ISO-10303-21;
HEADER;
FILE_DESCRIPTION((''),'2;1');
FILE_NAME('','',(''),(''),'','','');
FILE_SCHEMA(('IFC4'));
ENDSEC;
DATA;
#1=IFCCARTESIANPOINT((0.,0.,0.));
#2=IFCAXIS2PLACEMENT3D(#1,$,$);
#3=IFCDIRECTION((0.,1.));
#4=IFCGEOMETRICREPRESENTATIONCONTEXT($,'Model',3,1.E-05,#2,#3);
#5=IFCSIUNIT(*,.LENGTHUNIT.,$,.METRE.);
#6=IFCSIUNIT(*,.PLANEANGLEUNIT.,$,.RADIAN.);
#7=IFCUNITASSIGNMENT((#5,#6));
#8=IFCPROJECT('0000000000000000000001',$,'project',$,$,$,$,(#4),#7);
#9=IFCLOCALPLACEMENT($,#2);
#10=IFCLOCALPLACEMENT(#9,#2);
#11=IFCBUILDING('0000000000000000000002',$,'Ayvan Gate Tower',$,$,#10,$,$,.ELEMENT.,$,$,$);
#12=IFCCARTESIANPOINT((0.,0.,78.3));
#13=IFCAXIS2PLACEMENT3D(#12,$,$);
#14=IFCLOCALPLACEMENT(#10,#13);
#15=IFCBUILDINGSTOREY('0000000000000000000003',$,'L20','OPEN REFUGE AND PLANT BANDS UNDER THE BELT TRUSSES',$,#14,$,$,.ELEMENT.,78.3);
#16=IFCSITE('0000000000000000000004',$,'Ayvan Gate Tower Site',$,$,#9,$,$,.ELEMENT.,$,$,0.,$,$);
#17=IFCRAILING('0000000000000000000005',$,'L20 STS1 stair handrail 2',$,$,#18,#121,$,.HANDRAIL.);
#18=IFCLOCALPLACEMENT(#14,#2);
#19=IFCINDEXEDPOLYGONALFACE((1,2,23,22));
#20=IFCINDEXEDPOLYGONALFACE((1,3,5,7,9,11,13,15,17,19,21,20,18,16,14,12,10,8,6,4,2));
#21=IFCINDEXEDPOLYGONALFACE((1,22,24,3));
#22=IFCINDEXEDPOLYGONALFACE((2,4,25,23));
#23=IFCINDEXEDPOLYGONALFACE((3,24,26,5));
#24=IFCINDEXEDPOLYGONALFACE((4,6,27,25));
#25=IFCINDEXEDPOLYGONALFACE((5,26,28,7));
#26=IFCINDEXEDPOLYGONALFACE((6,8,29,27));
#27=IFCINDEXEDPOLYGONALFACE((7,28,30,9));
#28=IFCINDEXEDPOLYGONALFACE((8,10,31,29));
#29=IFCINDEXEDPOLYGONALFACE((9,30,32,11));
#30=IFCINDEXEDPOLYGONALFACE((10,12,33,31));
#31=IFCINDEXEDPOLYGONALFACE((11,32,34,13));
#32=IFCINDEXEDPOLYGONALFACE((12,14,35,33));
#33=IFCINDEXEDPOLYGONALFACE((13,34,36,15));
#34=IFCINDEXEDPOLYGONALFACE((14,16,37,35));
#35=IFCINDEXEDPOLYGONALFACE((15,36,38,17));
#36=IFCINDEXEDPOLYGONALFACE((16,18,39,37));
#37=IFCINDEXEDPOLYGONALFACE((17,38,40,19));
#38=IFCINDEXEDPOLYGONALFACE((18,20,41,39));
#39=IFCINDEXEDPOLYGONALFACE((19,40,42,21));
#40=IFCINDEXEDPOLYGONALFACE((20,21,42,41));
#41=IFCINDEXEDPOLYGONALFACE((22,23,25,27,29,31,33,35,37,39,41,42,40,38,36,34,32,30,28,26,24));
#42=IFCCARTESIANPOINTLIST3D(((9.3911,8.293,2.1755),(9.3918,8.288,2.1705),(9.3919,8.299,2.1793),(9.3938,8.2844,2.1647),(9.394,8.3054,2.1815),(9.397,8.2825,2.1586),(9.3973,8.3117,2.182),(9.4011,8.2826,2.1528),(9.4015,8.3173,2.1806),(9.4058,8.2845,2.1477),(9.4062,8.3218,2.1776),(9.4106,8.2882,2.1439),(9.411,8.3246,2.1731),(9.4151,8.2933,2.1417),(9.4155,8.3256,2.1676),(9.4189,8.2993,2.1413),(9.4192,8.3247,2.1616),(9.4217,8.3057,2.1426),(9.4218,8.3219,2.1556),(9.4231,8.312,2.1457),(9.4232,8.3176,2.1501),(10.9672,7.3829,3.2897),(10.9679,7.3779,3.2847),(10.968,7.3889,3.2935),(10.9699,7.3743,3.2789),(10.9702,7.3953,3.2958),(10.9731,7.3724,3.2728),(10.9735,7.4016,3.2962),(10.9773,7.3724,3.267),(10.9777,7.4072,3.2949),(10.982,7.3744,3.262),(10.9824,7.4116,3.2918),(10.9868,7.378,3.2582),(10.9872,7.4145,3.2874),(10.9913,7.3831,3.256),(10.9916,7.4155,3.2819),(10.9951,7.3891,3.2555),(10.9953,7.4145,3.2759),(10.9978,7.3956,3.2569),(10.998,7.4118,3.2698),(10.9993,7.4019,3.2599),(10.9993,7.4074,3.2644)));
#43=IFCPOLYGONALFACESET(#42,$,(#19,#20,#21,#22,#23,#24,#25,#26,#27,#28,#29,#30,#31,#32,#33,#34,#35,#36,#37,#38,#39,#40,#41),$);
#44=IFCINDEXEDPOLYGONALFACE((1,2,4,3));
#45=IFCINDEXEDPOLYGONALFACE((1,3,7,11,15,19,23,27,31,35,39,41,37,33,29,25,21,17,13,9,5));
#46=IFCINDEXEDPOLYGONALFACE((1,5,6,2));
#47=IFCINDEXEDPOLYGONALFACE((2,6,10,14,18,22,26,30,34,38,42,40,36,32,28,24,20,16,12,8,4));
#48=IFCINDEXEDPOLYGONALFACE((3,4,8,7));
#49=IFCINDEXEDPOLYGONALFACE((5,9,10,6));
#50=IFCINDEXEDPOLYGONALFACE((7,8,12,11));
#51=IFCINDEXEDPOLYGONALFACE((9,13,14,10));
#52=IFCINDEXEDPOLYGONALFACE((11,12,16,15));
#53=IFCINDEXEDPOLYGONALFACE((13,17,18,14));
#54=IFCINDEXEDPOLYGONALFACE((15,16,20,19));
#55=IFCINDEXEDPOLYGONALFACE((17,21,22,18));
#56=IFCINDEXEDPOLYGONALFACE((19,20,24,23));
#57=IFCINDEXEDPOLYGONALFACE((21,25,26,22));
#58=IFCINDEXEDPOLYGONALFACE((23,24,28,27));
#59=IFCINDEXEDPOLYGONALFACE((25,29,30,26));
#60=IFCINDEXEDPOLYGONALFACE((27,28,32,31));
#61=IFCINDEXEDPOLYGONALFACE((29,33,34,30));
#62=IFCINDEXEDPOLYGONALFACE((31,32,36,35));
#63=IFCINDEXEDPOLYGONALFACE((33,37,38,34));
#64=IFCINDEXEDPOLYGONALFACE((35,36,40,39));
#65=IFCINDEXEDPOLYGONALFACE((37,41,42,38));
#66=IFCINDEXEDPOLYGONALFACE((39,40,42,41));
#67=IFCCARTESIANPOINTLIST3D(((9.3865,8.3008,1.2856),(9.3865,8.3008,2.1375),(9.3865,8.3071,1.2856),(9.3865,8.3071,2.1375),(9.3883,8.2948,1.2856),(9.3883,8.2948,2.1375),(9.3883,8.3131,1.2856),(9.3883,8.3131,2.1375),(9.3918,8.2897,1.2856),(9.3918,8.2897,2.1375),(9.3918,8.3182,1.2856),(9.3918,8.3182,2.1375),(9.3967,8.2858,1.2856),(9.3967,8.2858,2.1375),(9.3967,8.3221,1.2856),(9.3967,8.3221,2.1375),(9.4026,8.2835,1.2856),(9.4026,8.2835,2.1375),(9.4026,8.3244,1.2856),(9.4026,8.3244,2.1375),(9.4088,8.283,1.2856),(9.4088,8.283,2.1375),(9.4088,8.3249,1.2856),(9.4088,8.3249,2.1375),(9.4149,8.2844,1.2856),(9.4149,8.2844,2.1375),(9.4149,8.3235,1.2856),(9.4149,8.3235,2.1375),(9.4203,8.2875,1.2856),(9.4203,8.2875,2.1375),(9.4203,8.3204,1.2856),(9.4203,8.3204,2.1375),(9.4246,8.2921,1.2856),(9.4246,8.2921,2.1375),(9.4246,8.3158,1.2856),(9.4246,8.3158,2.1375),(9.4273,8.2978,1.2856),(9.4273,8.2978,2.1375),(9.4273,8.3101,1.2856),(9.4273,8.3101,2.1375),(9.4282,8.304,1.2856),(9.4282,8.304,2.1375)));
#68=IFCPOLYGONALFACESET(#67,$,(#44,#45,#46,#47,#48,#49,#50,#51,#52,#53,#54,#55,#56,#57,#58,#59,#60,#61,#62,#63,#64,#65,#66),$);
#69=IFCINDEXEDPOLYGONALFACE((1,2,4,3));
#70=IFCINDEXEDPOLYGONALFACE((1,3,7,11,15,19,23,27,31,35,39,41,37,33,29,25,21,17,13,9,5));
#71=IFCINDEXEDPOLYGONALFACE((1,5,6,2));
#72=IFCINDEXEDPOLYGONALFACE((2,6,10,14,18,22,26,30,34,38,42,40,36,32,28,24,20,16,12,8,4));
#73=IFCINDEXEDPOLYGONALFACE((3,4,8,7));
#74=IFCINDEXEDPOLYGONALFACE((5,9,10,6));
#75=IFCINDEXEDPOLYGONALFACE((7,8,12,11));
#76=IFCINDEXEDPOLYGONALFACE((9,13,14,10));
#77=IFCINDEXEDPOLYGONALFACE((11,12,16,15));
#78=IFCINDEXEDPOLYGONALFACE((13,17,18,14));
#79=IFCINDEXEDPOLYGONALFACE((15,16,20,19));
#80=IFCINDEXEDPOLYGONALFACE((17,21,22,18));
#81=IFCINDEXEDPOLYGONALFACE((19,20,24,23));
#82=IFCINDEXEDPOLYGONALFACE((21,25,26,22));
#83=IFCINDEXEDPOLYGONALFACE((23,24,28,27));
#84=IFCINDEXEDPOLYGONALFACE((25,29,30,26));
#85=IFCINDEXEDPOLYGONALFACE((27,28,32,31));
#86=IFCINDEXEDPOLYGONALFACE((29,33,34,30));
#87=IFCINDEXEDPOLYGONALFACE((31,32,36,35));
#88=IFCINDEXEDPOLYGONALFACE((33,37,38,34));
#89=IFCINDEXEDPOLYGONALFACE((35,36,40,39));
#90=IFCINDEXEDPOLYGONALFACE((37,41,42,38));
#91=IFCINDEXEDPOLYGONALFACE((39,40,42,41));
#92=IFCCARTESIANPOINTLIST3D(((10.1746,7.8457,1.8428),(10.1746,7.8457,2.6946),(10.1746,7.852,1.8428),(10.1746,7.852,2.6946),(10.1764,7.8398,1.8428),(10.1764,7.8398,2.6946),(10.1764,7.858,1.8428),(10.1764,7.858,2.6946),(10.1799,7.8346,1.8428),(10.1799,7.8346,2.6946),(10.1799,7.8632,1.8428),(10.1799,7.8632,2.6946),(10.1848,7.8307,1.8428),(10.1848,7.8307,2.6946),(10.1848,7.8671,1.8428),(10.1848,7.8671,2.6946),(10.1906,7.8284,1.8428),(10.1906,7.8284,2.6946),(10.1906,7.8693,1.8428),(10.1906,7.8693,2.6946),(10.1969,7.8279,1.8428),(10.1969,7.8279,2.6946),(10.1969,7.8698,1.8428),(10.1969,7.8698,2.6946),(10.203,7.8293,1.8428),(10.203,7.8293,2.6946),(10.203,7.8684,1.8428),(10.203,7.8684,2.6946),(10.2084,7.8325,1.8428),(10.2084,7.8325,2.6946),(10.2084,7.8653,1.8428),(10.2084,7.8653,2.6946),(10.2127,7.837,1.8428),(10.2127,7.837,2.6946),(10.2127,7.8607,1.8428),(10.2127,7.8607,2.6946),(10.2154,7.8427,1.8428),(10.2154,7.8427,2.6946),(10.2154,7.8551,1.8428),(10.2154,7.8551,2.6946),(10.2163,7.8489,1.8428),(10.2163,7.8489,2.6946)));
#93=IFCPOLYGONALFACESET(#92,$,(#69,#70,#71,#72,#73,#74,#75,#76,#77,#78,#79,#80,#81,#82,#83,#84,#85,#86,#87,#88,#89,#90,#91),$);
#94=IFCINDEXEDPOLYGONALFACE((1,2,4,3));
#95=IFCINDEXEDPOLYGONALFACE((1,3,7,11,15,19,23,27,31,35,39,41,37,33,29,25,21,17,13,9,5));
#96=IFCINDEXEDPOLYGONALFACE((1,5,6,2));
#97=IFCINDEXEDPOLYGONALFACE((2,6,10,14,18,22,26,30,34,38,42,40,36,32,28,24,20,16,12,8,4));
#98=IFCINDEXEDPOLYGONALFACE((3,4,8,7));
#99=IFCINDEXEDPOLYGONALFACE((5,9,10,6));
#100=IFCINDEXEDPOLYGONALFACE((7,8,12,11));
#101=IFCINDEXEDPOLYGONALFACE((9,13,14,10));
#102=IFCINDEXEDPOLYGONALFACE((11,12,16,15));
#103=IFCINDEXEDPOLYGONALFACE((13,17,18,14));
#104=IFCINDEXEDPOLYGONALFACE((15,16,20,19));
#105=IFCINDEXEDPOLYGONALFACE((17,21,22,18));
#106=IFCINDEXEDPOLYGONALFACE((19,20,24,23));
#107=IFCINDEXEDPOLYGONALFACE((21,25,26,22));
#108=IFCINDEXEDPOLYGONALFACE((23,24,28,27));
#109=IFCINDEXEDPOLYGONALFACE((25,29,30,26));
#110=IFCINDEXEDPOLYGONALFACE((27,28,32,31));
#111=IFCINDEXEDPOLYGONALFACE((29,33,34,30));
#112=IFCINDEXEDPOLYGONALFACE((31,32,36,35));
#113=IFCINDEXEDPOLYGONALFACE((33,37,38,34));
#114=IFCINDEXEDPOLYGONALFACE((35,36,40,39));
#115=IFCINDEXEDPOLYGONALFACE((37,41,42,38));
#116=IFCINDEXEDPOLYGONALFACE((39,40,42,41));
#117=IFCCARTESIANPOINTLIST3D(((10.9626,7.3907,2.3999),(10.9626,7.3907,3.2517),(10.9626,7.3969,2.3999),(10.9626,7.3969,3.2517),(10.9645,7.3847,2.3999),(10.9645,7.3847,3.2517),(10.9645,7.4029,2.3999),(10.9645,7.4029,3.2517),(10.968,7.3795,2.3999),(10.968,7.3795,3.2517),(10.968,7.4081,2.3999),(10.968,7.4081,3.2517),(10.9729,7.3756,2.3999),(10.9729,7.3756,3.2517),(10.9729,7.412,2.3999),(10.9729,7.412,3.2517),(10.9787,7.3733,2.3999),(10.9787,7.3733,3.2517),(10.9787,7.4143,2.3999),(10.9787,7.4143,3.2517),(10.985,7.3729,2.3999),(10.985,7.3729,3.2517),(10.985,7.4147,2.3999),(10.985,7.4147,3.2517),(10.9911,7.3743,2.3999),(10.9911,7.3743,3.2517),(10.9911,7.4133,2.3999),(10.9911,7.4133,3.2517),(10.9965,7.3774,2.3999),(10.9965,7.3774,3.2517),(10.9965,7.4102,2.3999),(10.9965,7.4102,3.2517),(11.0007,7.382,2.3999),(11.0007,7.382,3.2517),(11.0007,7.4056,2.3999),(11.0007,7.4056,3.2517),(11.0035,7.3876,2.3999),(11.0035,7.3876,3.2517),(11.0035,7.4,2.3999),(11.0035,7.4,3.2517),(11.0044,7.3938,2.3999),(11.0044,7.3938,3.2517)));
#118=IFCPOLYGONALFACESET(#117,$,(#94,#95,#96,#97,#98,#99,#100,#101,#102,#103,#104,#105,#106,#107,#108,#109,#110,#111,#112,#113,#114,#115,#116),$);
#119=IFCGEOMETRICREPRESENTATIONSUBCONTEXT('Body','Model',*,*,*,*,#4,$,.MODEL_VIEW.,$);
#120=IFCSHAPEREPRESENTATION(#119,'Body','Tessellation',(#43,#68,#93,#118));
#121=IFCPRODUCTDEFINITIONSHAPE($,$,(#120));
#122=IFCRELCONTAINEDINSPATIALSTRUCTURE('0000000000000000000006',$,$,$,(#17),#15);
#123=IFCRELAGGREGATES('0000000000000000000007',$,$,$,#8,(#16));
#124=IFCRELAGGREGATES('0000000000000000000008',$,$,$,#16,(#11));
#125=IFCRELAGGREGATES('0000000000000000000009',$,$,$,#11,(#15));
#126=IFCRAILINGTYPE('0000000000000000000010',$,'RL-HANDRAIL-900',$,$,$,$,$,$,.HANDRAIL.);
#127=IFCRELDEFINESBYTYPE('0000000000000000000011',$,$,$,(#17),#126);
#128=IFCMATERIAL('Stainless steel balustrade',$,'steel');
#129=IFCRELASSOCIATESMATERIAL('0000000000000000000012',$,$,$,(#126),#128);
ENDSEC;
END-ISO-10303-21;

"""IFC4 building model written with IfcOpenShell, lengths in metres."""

from ifc_helpers import new_model, si_unit, direction, frame, origin, origin_2d, place, context, subcontext, project, spatial, circle, extrude, material, type_object, element, save


model = new_model("IFC4")

# Units and contexts
model_context = context("Model", 3, precision=1e-05, world=origin(), true_north=direction((0.0, 1.0)))
body_context = subcontext(model_context, "Body", "Model", "MODEL_VIEW")
ifc_project = project(units=[si_unit("LENGTHUNIT", "METRE"), si_unit("PLANEANGLEUNIT", "RADIAN")], contexts=[model_context])

# Site, building, storey
site_placement = place(None, origin())
site = spatial("IfcSite", under=ifc_project, at=site_placement, Name="Ayvan Gate Tower Site", CompositionType="ELEMENT", RefElevation=0.0)
building_placement = place(site_placement, origin())
building = spatial("IfcBuilding", under=site, at=building_placement, Name="Ayvan Gate Tower", CompositionType="ELEMENT")
storey_placement = place(building_placement, frame((0.0, 0.0, 78.3)))
storey = spatial("IfcBuildingStorey", under=building, at=storey_placement, Name="L20", Description="OPEN REFUGE AND PLANT BANDS UNDER THE BELT TRUSSES", CompositionType="ELEMENT", Elevation=78.3)

# Railing
ifc_material_1 = material(Name="Stainless steel balustrade", Category="steel")
railing_type_1 = type_object("IfcRailingType", Name="RL-HANDRAIL-900", PredefinedType="HANDRAIL", material=ifc_material_1)
railing_1_placement = place(storey_placement, frame((9.4072, 8.304, 1.2856)))
element("IfcRailing", 1, at=railing_1_placement, inside=storey, type_object=railing_type_1, Name="L20 STS1 stair handrail 2", PredefinedType="HANDRAIL", context=body_context, shape_type="SweptSolid", body=[
    extrude(circle(Radius=0.0239, at=origin_2d()), frame((0.0, 0.0, 0.876), z_axis=(0.738574, -0.426488, 0.522127), x_axis=(0.500063, 0.865989, 0.0)), (0.0, 0.0, 1.0), 2.134),
    extrude(circle(Radius=0.021, at=origin_2d()), origin(), (0.0, 0.0, 1.0), 0.8518),
    extrude(circle(Radius=0.021, at=origin_2d()), frame((0.7881, -0.4551, 0.5571)), (0.0, 0.0, 1.0), 0.8518),
    extrude(circle(Radius=0.021, at=origin_2d()), frame((1.5762, -0.9102, 1.1143)), (0.0, 0.0, 1.0), 0.8518),
])

save(model, "model.ifc")
